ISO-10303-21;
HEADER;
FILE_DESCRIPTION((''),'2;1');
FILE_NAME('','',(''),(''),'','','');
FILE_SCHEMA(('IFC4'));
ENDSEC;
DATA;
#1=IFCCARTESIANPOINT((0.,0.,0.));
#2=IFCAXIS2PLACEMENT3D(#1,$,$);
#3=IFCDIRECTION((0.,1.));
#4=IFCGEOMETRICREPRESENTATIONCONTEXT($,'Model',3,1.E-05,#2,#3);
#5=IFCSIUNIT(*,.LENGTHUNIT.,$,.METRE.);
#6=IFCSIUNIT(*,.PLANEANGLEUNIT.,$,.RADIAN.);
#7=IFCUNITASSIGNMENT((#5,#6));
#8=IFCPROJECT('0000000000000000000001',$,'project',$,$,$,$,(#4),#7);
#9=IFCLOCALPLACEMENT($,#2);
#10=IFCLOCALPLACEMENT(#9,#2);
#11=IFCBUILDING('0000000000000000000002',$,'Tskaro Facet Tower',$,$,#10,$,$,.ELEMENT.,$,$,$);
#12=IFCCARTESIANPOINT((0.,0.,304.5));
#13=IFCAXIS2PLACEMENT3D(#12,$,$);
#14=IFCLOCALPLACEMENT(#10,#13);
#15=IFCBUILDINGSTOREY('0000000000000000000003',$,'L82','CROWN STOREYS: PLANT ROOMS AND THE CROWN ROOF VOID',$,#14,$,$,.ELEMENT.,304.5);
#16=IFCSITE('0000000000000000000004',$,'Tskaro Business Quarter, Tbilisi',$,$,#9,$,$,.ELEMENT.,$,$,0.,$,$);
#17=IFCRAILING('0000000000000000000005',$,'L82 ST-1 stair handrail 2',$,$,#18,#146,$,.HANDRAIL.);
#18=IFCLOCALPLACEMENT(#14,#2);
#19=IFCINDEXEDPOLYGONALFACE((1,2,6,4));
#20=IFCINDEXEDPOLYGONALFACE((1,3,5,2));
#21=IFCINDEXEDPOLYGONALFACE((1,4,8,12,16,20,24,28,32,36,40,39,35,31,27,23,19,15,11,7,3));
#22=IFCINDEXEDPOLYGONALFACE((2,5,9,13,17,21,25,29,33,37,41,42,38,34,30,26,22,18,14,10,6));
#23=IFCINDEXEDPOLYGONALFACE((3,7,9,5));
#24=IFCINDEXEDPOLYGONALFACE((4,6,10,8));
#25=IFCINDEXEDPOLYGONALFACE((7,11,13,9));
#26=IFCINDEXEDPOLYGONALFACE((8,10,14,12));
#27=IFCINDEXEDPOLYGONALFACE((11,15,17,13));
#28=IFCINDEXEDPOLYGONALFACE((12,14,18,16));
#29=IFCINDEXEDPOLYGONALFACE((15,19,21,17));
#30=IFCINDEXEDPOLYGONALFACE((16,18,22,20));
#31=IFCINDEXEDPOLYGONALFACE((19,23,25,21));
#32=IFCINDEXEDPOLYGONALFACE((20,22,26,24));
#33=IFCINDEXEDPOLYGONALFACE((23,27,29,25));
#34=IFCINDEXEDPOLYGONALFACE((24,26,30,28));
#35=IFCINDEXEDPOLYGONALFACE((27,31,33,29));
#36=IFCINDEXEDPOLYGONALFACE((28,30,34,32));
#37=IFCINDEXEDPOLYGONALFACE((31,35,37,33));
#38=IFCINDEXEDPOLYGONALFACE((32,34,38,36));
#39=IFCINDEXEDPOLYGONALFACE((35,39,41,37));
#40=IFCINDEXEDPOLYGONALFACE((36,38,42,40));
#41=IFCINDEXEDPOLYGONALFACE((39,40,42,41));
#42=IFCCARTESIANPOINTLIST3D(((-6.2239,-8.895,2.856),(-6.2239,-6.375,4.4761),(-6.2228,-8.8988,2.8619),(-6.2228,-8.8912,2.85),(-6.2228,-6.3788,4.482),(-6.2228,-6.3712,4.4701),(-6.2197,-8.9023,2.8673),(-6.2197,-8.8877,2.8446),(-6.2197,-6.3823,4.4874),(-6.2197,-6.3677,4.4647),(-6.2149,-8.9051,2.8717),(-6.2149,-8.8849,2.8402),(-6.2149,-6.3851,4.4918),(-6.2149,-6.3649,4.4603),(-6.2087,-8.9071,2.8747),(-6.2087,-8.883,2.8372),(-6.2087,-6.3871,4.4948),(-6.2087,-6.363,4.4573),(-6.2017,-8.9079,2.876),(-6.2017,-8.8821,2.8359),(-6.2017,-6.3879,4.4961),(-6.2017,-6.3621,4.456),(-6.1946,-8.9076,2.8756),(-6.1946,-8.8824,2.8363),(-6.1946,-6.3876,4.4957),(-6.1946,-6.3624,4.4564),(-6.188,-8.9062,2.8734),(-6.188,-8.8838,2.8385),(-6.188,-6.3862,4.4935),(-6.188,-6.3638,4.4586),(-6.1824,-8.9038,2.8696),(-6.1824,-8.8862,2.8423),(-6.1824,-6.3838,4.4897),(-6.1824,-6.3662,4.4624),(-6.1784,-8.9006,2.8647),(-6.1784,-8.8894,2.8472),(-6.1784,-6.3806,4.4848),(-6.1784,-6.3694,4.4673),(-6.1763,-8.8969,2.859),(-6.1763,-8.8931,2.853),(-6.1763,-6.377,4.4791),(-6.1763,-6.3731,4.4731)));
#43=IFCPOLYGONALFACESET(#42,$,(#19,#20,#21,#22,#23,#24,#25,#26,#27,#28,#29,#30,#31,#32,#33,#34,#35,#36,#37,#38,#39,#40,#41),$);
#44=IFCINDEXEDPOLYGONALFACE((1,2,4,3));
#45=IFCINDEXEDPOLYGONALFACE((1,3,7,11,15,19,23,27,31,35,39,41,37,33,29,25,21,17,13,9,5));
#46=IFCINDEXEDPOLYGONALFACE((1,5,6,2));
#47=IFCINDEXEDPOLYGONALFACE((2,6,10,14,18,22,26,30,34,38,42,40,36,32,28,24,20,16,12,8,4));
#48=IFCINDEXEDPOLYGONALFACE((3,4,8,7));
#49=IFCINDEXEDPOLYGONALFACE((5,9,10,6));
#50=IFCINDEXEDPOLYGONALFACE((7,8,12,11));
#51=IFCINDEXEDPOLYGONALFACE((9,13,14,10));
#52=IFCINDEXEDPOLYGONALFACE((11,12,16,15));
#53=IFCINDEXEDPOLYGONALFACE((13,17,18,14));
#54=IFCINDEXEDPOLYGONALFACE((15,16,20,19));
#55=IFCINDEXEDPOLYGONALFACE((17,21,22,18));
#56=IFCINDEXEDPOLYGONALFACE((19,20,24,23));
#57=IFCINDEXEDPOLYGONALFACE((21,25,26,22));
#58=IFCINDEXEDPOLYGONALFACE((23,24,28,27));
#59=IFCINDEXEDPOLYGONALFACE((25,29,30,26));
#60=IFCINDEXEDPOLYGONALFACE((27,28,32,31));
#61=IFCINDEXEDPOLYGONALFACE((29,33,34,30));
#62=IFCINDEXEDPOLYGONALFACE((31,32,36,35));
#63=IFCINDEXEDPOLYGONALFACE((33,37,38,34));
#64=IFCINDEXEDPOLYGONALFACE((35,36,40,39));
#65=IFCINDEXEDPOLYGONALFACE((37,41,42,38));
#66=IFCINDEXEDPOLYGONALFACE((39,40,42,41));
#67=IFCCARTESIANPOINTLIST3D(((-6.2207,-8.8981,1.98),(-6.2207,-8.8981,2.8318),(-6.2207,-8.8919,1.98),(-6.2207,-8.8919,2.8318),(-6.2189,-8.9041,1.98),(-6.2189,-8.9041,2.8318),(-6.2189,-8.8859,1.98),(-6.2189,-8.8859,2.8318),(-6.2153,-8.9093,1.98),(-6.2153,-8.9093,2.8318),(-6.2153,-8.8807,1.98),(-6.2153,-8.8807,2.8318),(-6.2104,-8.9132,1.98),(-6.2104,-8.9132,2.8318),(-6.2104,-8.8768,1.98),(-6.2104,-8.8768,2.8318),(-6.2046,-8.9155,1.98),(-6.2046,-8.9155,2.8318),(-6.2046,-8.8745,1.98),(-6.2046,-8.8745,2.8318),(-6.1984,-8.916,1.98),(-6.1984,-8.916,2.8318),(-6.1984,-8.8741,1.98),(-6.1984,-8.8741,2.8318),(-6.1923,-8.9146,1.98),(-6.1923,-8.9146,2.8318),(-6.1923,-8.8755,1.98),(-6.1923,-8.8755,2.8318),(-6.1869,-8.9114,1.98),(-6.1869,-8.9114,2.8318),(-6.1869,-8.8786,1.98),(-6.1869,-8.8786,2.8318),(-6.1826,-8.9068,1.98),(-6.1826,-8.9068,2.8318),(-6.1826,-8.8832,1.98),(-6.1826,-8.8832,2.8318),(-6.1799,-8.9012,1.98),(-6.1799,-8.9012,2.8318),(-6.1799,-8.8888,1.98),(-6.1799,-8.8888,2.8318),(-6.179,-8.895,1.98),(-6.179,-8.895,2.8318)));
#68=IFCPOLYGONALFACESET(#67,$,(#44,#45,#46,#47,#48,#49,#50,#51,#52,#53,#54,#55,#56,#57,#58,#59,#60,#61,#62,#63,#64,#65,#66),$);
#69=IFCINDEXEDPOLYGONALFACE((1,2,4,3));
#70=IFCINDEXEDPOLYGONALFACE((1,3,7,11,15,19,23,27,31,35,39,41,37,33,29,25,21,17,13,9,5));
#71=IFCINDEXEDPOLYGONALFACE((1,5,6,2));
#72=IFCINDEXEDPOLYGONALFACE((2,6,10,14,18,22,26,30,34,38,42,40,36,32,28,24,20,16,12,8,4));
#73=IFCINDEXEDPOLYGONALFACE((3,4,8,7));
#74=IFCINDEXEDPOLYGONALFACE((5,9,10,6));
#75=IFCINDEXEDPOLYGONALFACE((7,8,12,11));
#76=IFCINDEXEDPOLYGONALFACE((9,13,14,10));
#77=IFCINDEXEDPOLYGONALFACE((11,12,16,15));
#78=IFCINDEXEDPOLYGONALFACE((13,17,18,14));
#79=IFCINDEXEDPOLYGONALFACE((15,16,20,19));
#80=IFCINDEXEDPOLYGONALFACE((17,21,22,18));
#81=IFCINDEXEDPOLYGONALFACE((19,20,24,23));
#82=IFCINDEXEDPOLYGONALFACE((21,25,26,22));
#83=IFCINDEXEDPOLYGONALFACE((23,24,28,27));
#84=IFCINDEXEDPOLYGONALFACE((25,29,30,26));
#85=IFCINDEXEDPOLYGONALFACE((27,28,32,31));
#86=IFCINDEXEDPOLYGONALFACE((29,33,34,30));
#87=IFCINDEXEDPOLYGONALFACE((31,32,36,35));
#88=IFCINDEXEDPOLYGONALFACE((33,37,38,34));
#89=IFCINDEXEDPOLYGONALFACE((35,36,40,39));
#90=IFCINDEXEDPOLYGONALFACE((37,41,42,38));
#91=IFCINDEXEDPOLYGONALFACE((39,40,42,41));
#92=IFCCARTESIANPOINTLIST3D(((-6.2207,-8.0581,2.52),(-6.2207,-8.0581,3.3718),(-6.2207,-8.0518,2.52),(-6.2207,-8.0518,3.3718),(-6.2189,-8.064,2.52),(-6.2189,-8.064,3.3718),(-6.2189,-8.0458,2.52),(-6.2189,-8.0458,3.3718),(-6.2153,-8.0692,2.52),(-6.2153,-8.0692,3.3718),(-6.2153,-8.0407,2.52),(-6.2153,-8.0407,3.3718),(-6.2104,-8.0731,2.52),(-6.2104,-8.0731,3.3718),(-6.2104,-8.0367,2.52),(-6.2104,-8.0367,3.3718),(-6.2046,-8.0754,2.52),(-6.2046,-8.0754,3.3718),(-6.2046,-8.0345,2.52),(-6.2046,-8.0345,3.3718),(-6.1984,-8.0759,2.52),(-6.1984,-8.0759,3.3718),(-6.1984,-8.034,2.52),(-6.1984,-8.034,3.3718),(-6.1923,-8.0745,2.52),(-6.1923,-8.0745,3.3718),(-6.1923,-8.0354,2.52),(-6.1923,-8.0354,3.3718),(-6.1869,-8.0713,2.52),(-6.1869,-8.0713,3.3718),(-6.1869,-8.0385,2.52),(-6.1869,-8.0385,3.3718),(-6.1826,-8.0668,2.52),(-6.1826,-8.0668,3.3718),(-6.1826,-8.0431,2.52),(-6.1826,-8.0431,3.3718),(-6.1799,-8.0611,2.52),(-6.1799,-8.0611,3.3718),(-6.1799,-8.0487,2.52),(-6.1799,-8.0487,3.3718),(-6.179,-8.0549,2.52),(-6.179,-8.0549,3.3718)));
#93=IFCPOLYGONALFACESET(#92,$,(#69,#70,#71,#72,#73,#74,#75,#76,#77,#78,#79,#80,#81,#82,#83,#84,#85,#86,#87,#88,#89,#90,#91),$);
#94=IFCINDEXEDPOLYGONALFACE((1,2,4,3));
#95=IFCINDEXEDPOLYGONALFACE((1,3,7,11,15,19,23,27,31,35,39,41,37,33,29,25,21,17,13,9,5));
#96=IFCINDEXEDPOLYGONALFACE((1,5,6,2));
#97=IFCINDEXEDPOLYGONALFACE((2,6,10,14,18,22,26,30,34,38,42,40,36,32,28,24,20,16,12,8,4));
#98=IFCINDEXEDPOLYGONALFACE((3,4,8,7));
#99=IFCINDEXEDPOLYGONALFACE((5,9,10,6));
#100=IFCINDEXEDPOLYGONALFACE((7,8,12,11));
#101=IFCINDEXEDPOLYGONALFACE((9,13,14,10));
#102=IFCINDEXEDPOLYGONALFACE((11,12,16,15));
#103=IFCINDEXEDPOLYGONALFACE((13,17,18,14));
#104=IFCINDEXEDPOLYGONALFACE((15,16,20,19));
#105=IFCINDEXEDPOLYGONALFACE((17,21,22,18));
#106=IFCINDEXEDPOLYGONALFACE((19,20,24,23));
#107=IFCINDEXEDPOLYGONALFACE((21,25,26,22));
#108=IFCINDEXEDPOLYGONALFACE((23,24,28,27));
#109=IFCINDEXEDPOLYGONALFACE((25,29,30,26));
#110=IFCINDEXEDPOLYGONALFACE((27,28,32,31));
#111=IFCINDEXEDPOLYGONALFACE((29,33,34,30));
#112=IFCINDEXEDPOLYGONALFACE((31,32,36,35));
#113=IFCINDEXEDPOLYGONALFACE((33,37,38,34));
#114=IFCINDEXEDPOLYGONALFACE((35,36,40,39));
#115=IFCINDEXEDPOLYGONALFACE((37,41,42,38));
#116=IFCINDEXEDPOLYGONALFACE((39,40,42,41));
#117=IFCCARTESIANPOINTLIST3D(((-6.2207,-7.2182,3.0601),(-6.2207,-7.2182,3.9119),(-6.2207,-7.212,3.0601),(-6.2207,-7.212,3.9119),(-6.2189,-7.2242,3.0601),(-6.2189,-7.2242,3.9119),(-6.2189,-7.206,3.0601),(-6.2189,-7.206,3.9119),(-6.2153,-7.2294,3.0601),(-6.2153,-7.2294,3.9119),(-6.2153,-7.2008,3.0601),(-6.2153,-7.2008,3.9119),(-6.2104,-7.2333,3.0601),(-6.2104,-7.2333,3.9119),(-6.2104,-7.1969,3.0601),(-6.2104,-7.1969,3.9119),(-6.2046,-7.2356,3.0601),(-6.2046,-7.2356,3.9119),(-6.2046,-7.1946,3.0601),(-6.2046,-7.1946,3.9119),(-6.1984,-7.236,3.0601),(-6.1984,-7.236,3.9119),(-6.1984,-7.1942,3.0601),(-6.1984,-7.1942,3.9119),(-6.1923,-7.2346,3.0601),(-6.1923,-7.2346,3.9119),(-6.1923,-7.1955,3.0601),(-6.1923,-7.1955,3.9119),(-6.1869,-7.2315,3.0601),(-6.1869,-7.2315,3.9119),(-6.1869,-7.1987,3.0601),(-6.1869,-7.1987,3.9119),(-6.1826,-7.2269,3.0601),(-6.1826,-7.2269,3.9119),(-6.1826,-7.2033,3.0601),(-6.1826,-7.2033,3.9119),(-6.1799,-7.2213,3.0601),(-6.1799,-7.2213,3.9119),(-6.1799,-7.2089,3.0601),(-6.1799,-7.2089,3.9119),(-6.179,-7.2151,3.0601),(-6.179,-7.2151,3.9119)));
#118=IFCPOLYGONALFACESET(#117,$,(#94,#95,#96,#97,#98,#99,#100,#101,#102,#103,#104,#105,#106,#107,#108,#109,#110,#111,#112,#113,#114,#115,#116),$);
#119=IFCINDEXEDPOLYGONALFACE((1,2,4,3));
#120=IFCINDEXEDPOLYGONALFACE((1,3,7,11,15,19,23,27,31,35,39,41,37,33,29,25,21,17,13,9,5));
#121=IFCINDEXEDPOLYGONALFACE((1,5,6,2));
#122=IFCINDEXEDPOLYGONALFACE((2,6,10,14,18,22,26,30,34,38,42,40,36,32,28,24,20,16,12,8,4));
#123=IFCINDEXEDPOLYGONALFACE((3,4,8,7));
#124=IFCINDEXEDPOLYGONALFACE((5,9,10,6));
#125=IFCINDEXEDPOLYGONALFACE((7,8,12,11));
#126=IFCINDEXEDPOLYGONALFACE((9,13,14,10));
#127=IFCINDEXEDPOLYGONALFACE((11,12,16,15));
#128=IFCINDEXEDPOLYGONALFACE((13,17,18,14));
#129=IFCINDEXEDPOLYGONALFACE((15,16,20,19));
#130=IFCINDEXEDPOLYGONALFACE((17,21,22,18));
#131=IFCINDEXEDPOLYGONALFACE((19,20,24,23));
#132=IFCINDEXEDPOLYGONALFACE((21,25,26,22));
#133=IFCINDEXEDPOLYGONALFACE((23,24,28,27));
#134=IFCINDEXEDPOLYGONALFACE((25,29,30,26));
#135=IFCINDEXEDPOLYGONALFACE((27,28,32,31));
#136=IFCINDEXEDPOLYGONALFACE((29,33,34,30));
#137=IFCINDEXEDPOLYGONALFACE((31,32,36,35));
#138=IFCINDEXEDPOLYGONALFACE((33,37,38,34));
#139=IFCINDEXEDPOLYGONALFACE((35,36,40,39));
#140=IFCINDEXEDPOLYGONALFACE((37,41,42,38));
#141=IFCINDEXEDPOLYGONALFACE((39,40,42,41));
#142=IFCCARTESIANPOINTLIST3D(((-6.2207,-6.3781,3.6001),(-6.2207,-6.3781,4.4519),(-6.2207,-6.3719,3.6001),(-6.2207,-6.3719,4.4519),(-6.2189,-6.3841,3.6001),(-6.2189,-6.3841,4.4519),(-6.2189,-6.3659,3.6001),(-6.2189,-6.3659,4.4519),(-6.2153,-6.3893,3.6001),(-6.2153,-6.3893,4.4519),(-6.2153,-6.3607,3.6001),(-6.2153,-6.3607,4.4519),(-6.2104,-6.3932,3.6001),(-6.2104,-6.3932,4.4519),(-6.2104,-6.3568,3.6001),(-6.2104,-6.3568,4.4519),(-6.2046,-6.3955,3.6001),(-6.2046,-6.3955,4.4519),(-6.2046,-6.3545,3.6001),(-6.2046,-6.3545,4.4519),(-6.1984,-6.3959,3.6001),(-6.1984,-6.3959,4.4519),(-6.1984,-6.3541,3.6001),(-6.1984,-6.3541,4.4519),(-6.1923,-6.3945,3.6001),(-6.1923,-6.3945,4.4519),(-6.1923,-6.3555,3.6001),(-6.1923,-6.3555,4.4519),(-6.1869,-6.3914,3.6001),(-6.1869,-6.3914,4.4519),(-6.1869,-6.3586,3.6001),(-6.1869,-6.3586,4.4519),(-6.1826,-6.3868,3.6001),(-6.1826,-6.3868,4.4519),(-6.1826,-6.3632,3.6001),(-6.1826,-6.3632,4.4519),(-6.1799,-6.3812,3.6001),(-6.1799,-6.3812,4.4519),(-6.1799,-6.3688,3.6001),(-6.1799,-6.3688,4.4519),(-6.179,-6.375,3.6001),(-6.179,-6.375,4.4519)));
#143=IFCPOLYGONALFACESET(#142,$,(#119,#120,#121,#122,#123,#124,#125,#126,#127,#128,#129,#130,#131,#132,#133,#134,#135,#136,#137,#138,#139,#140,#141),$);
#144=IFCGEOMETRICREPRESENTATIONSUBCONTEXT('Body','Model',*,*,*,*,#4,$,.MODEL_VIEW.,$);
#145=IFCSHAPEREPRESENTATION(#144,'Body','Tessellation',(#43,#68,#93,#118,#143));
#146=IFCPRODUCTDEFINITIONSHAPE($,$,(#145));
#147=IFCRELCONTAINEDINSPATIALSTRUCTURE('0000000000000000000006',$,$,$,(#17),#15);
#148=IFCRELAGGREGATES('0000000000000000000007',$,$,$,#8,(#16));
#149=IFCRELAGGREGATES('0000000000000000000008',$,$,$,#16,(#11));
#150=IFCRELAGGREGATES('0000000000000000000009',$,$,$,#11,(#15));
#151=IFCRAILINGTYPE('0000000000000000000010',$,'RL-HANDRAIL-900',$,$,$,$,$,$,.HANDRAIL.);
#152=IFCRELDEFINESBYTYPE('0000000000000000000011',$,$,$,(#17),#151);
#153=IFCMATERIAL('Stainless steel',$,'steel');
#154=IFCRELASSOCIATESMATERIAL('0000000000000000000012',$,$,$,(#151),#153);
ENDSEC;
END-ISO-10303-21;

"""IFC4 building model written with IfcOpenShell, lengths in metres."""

from ifc_helpers import new_model, si_unit, direction, frame, origin, origin_2d, place, context, subcontext, project, spatial, circle, extrude, material, type_object, element, save


model = new_model("IFC4")

# Units and contexts
model_context = context("Model", 3, precision=1e-05, world=origin(), true_north=direction((0.0, 1.0)))
body_context = subcontext(model_context, "Body", "Model", "MODEL_VIEW")
ifc_project = project(units=[si_unit("LENGTHUNIT", "METRE"), si_unit("PLANEANGLEUNIT", "RADIAN")], contexts=[model_context])

# Site, building, storey
site_placement = place(None, origin())
site = spatial("IfcSite", under=ifc_project, at=site_placement, Name="Tskaro Business Quarter, Tbilisi", CompositionType="ELEMENT", RefElevation=0.0)
building_placement = place(site_placement, origin())
building = spatial("IfcBuilding", under=site, at=building_placement, Name="Tskaro Facet Tower", CompositionType="ELEMENT")
storey_placement = place(building_placement, frame((0.0, 0.0, 304.5)))
storey = spatial("IfcBuildingStorey", under=building, at=storey_placement, Name="L82", Description="CROWN STOREYS: PLANT ROOMS AND THE CROWN ROOF VOID", CompositionType="ELEMENT", Elevation=304.5)

# Shared definitions
ifc_material_1 = material(Name="Stainless steel", Category="steel")

# Railing
railing_type_1 = type_object("IfcRailingType", Name="RL-HANDRAIL-900", PredefinedType="HANDRAIL", material=ifc_material_1)
railing_1_placement = place(storey_placement, frame((-6.2, -8.895, 1.98)))
element("IfcRailing", 1, at=railing_1_placement, inside=storey, type_object=railing_type_1, Name="L82 ST-1 stair handrail 2", PredefinedType="HANDRAIL", context=body_context, shape_type="SweptSolid", body=[
    extrude(circle(Radius=0.0239, at=origin_2d()), frame((0.0, 0.0, 0.876), z_axis=(0.0, 0.841163, 0.540782), x_axis=(-1.0, 0.0, 0.0)), (0.0, 0.0, 1.0), 2.9958),
    extrude(circle(Radius=0.021, at=origin_2d()), origin(), (0.0, 0.0, 1.0), 0.8518),
    extrude(circle(Radius=0.021, at=origin_2d()), frame((0.0, 0.8401, 0.54)), (0.0, 0.0, 1.0), 0.8518),
    extrude(circle(Radius=0.021, at=origin_2d()), frame((0.0, 1.6799, 1.0801)), (0.0, 0.0, 1.0), 0.8518),
    extrude(circle(Radius=0.021, at=origin_2d()), frame((0.0, 2.52, 1.6201)), (0.0, 0.0, 1.0), 0.8518),
])

save(model, "model.ifc")
